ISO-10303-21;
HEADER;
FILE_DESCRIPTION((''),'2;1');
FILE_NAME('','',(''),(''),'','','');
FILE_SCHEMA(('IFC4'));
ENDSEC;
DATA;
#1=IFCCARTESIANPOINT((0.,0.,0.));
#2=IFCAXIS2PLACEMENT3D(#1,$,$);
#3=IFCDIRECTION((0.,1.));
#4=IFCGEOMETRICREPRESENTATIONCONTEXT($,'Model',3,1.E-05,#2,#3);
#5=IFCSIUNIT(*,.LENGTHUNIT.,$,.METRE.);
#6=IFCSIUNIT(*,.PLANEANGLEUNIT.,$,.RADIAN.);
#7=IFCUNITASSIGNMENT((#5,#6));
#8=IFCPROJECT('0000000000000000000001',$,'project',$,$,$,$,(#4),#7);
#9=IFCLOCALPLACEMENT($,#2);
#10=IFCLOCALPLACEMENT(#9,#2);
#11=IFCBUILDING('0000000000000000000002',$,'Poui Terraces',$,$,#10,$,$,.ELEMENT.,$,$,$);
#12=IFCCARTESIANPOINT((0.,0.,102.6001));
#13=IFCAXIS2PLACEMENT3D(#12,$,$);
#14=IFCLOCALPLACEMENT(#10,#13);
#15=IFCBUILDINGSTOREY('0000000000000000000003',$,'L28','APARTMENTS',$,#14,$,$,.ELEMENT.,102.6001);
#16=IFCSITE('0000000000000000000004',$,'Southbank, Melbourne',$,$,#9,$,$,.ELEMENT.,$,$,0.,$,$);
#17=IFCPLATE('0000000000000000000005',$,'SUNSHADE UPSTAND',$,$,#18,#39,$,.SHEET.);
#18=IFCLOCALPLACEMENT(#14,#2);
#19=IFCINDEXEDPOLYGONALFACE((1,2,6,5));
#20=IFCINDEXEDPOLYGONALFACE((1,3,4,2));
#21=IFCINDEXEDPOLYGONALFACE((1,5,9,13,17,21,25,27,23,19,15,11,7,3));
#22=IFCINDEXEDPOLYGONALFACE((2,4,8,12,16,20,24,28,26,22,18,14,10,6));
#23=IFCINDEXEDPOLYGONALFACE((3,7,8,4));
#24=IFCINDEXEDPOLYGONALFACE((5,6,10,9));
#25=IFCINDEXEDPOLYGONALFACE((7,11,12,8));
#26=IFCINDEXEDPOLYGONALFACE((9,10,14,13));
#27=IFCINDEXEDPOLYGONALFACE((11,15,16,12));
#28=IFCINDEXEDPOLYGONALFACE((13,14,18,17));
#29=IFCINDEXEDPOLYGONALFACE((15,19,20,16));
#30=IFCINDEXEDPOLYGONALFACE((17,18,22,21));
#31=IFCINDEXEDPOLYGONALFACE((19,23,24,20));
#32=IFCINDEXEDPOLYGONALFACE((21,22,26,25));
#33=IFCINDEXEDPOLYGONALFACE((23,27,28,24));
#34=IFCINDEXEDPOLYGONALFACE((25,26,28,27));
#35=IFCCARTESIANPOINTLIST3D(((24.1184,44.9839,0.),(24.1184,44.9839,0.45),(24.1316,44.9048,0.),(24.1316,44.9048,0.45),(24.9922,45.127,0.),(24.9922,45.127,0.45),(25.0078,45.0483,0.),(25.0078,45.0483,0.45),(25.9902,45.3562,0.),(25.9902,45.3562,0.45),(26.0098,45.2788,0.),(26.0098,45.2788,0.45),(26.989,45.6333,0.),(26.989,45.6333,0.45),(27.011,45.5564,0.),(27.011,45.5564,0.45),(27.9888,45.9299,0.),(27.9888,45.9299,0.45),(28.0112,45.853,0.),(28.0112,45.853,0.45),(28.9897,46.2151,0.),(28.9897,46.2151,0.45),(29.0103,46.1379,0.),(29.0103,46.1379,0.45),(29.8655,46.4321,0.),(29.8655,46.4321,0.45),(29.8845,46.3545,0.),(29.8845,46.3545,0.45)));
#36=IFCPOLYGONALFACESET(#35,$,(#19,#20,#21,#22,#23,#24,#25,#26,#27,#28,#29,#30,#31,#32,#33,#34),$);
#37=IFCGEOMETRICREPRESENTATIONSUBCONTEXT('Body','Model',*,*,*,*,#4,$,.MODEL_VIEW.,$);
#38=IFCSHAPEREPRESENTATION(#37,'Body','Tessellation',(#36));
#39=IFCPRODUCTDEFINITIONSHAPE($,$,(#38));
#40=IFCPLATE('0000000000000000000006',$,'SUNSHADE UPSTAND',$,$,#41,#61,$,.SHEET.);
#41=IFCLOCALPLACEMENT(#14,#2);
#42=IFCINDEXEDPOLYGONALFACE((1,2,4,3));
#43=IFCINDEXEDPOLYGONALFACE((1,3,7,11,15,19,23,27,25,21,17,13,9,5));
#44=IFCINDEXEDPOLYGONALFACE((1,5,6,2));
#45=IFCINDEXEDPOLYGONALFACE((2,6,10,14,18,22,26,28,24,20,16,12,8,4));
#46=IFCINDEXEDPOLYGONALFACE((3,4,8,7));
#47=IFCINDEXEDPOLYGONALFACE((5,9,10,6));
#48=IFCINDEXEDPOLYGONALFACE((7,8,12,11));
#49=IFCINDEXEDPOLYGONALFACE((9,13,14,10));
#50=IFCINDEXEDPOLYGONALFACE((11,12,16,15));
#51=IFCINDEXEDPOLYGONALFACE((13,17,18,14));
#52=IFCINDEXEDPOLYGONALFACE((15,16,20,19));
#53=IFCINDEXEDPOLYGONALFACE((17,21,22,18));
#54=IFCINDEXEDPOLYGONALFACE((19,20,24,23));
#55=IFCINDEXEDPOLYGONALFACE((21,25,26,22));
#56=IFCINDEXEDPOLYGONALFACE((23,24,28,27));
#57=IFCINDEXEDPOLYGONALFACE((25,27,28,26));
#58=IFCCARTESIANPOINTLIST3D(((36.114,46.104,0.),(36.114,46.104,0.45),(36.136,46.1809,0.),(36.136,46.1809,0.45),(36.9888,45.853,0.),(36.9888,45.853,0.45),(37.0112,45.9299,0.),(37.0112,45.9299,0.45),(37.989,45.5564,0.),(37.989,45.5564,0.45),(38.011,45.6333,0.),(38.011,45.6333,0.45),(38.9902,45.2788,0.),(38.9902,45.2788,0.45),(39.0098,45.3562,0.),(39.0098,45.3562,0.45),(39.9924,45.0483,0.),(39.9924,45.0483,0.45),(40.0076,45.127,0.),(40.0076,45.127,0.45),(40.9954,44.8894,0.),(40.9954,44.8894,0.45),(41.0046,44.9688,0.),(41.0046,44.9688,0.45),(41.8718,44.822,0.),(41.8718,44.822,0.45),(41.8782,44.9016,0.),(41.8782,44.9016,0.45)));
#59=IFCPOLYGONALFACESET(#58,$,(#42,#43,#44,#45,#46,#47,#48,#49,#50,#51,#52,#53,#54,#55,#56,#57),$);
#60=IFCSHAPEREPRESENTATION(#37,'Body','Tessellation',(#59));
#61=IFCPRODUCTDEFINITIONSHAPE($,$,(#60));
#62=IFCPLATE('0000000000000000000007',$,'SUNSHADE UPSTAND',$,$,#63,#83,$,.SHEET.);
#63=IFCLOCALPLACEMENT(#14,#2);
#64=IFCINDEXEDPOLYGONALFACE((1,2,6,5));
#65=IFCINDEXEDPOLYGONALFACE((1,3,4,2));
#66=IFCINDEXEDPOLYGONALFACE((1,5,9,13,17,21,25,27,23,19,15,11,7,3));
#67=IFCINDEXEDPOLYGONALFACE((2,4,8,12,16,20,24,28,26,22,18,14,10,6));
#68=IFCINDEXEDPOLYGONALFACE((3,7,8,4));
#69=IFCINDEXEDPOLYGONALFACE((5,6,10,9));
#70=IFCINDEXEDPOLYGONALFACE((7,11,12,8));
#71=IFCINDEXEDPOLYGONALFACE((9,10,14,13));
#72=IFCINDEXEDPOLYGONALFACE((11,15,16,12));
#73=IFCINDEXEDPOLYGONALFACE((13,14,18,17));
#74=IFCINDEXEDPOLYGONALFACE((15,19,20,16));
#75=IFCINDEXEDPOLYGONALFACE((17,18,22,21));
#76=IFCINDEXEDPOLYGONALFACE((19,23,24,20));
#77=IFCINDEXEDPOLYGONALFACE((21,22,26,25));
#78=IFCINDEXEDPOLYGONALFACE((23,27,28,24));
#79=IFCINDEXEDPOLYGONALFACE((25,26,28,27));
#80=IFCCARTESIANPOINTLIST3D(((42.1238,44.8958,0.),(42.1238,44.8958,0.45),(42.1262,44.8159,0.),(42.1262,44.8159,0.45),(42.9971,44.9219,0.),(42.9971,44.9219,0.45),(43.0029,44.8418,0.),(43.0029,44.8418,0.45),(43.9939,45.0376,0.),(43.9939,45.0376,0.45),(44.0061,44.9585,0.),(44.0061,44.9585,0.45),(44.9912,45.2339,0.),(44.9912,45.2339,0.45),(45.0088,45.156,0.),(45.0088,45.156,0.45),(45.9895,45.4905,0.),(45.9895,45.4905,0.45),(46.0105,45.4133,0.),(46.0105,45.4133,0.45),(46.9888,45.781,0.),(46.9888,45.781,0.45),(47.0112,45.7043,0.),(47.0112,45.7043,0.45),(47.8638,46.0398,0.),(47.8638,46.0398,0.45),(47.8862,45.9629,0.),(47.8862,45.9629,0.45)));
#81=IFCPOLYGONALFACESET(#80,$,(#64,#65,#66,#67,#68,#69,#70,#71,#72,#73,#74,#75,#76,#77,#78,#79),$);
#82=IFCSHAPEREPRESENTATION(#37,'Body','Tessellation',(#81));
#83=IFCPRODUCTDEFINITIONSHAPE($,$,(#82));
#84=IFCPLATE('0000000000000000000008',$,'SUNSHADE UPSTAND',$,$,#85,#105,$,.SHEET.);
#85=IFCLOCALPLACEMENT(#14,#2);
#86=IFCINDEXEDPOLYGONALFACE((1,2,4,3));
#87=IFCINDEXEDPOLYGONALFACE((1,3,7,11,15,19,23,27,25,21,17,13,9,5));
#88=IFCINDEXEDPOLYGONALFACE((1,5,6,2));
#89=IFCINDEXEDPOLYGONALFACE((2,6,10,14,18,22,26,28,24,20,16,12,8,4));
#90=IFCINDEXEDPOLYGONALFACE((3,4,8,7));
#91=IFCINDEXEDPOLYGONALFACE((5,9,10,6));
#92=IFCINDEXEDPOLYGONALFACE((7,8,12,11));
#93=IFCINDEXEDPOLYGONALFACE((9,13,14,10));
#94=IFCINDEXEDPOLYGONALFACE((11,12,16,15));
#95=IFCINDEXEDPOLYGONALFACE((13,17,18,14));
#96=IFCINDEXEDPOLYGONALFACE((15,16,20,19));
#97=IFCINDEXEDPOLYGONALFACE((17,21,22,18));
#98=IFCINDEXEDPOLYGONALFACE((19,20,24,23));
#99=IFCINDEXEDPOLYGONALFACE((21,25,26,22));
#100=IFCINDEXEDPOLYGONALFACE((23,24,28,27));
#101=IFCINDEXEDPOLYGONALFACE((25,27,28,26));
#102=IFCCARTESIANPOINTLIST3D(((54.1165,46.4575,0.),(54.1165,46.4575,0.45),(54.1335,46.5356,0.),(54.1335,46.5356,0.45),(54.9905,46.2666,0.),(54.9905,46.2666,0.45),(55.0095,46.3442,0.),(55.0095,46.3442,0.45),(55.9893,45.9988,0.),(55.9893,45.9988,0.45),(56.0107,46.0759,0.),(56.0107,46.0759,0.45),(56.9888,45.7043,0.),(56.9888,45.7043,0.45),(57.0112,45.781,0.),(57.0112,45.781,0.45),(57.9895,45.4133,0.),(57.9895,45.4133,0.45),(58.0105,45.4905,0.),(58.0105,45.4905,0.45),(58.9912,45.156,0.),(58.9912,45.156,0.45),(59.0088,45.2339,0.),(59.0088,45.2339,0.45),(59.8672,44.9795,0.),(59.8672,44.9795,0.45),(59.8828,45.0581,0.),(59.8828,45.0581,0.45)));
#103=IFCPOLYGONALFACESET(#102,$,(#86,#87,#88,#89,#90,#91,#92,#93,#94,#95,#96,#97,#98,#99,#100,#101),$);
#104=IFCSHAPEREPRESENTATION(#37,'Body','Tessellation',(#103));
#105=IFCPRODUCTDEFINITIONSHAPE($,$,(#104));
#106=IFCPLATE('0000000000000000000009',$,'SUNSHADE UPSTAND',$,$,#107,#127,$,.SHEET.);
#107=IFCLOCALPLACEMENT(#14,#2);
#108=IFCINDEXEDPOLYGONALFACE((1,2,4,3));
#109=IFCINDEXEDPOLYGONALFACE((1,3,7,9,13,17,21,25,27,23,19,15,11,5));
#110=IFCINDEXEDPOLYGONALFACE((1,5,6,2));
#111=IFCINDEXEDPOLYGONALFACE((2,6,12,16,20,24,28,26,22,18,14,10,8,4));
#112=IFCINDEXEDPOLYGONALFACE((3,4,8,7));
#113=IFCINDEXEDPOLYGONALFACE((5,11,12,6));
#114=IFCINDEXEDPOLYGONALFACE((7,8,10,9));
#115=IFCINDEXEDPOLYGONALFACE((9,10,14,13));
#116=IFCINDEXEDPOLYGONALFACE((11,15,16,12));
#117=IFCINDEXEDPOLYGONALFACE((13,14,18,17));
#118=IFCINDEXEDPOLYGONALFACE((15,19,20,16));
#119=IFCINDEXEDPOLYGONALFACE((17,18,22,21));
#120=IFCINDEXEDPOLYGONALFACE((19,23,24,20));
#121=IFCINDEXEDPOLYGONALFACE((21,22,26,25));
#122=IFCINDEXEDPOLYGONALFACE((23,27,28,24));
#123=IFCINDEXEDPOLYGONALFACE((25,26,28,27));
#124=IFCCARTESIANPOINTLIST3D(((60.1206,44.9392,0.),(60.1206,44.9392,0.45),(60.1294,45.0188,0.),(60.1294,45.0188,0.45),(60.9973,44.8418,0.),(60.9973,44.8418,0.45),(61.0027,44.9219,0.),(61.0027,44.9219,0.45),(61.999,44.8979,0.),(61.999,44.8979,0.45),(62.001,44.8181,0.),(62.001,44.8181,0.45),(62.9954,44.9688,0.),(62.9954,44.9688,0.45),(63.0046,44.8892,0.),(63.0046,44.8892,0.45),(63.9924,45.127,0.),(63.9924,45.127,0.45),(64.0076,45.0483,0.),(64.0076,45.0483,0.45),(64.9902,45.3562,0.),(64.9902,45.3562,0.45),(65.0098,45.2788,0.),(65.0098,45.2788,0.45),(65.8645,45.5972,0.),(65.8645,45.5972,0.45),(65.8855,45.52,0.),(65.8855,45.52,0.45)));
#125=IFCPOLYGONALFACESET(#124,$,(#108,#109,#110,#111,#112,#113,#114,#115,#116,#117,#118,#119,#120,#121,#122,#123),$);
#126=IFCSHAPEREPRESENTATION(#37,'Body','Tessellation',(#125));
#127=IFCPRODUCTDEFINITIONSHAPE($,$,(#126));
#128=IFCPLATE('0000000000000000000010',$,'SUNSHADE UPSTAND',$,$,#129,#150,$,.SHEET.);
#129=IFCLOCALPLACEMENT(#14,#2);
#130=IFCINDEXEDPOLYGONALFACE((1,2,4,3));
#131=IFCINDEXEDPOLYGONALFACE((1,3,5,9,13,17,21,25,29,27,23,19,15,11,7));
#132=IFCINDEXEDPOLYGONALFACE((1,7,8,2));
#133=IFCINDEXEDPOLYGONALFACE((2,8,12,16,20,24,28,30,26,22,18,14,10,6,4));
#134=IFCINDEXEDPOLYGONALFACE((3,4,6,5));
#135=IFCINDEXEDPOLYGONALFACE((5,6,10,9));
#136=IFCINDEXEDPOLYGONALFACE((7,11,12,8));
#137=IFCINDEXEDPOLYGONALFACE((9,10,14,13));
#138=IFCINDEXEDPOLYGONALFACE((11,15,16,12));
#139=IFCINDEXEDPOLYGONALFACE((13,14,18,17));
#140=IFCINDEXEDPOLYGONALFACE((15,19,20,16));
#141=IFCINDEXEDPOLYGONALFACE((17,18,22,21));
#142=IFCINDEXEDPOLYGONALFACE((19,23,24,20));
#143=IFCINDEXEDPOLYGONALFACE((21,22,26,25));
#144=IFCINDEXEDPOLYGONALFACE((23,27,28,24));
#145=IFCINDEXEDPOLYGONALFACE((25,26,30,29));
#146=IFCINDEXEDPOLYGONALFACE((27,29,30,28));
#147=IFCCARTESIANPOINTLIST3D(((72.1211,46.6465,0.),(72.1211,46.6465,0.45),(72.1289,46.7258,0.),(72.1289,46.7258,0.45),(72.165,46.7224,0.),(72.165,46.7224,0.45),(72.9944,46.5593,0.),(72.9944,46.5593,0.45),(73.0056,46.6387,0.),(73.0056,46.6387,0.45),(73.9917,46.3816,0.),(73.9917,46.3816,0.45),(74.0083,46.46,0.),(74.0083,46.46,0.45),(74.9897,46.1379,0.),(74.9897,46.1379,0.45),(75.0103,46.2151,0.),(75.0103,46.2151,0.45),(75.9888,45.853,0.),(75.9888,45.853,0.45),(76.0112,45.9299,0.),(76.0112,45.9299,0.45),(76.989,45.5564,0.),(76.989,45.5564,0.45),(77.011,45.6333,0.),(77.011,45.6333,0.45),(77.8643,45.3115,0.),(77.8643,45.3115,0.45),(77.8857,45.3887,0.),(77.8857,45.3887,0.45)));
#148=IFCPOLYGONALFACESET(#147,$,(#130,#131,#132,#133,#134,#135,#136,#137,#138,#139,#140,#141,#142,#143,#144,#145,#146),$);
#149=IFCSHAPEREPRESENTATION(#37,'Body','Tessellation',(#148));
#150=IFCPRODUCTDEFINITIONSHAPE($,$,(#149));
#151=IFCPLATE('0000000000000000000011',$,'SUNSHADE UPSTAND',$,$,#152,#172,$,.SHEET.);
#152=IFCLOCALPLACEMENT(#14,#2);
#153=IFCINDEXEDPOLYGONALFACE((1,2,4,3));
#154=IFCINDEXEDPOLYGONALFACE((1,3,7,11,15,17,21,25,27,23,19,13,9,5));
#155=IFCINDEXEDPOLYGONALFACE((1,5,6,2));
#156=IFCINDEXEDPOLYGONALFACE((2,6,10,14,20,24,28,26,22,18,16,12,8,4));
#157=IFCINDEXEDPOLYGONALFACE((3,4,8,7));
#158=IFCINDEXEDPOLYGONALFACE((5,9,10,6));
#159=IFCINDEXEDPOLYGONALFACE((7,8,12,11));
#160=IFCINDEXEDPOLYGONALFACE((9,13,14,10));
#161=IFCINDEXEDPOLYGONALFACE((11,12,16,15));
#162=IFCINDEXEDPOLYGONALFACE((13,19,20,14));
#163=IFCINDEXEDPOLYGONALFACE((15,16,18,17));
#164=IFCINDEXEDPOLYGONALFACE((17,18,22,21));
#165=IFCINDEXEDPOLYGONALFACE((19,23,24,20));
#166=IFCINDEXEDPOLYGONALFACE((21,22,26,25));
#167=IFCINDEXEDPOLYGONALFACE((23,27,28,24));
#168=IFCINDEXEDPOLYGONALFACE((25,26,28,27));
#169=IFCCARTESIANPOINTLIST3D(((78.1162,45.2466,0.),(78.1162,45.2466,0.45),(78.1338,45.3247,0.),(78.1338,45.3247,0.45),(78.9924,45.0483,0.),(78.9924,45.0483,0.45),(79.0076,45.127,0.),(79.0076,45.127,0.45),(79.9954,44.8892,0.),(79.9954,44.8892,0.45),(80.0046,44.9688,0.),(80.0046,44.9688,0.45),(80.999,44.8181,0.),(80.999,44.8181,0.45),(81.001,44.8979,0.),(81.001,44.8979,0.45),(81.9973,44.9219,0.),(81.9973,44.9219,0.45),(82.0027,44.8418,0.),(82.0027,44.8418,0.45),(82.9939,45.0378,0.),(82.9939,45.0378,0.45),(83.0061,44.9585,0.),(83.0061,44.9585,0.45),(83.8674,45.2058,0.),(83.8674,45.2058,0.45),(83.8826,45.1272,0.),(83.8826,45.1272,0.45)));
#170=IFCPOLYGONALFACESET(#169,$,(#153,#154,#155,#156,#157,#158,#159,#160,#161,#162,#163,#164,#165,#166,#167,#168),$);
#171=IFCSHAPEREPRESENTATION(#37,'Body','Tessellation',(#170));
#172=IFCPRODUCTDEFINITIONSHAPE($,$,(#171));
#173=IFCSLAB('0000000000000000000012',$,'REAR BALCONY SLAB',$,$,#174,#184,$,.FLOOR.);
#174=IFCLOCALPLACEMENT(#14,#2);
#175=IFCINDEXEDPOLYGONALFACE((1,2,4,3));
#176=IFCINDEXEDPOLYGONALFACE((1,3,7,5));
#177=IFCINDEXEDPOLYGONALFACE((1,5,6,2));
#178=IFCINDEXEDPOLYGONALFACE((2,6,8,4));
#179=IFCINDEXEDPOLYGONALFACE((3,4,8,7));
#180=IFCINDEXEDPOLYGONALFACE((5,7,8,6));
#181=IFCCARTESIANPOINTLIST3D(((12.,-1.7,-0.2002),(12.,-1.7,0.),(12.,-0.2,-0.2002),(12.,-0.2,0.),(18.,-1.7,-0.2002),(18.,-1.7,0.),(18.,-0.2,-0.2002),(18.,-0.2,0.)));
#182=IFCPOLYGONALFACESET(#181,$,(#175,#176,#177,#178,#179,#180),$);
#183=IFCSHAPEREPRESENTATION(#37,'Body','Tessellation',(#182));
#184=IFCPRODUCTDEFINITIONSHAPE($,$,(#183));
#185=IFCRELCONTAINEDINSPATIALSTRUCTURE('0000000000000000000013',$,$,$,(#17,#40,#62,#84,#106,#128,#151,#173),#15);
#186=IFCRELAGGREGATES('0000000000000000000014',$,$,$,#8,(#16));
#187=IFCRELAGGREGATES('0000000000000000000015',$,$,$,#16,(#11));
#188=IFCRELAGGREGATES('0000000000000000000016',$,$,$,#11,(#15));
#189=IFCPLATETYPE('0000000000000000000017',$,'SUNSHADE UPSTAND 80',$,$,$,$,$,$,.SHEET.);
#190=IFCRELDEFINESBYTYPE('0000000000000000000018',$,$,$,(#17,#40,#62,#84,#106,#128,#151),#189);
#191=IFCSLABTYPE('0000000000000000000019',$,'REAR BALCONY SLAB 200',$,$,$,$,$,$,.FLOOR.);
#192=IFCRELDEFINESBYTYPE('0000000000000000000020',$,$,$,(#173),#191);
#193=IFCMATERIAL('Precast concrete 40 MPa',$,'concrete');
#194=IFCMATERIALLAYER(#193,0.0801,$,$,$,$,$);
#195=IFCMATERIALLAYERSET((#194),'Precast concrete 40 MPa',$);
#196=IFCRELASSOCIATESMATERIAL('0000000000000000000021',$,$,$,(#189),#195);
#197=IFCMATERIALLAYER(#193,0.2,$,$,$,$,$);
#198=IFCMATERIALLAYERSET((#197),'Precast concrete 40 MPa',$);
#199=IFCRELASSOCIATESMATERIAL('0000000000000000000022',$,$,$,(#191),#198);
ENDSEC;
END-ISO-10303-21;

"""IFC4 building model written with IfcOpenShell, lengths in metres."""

from ifc_helpers import new_model, si_unit, direction, frame, origin, place, context, subcontext, project, spatial, polyline, outline, extrude, source, transform, mapped, material, layer, layer_set, type_object, element, save


model = new_model("IFC4")

# Units and contexts
model_context = context("Model", 3, precision=1e-05, world=origin(), true_north=direction((0.0, 1.0)))
body_context = subcontext(model_context, "Body", "Model", "MODEL_VIEW")
ifc_project = project(units=[si_unit("LENGTHUNIT", "METRE"), si_unit("PLANEANGLEUNIT", "RADIAN")], contexts=[model_context])

# Site, building, storey
site_placement = place(None, origin())
site = spatial("IfcSite", under=ifc_project, at=site_placement, Name="Southbank, Melbourne", CompositionType="ELEMENT", RefElevation=0.0)
building_placement = place(site_placement, origin())
building = spatial("IfcBuilding", under=site, at=building_placement, Name="Poui Terraces", CompositionType="ELEMENT")
storey_placement = place(building_placement, frame((0.0, 0.0, 102.6001)))
storey = spatial("IfcBuildingStorey", under=building, at=storey_placement, Name="L28", Description="APARTMENTS", CompositionType="ELEMENT", Elevation=102.6001)

# Shared definitions
ifc_material_1 = material(Name="Precast concrete 40 MPa", Category="concrete")

# Plates
ifc_layer_1 = layer(ifc_material_1, 0.0801)
ifc_layer_set_1 = layer_set([ifc_layer_1], Name="Precast concrete 40 MPa")
plate_type = type_object("IfcPlateType", Name="SUNSHADE UPSTAND 80", PredefinedType="SHEET", material=ifc_layer_set_1)
plate_1_placement = place(storey_placement, origin())
element("IfcPlate", 1, at=plate_1_placement, inside=storey, type_object=plate_type, Name="SUNSHADE UPSTAND", PredefinedType="SHEET", context=body_context, shape_type="SweptSolid", body=[
    extrude(outline(polyline([(24.9922, 45.127), (24.1184, 44.9839), (24.1316, 44.9048), (25.0078, 45.0483), (26.0098, 45.2788), (27.011, 45.5564), (28.0112, 45.853), (29.0103, 46.1379), (29.8845, 46.3545), (29.8655, 46.4321), (28.9897, 46.2151), (27.9888, 45.9299), (26.989, 45.6333), (25.9902, 45.3562), (24.9922, 45.127)])), origin(), (0.0, 0.0, 1.0), 0.45),
])
plate_2_placement = place(storey_placement, origin())
element("IfcPlate", 2, at=plate_2_placement, inside=storey, type_object=plate_type, Name="SUNSHADE UPSTAND", PredefinedType="SHEET", context=body_context, shape_type="SweptSolid", body=[
    extrude(outline(polyline([(37.0112, 45.9299), (36.136, 46.1809), (36.114, 46.104), (36.9888, 45.853), (37.989, 45.5564), (38.9902, 45.2788), (39.9924, 45.0483), (40.9954, 44.8894), (41.8718, 44.822), (41.8782, 44.9016), (41.0046, 44.9688), (40.0076, 45.127), (39.0098, 45.3562), (38.011, 45.6333), (37.0112, 45.9299)])), origin(), (0.0, 0.0, 1.0), 0.45),
])
plate_3_placement = place(storey_placement, origin())
element("IfcPlate", 3, at=plate_3_placement, inside=storey, type_object=plate_type, Name="SUNSHADE UPSTAND", PredefinedType="SHEET", context=body_context, shape_type="SweptSolid", body=[
    extrude(outline(polyline([(42.9971, 44.9219), (42.1238, 44.8958), (42.1262, 44.8159), (43.0029, 44.8418), (44.0061, 44.9585), (45.0088, 45.156), (46.0105, 45.4133), (47.0112, 45.7043), (47.8862, 45.9629), (47.8638, 46.0398), (46.9888, 45.781), (45.9895, 45.4905), (44.9912, 45.2339), (43.9939, 45.0376), (42.9971, 44.9219)])), origin(), (0.0, 0.0, 1.0), 0.45),
])
plate_4_placement = place(storey_placement, origin())
element("IfcPlate", 4, at=plate_4_placement, inside=storey, type_object=plate_type, Name="SUNSHADE UPSTAND", PredefinedType="SHEET", context=body_context, shape_type="SweptSolid", body=[
    extrude(outline(polyline([(55.0095, 46.3442), (54.1335, 46.5356), (54.1165, 46.4575), (54.9905, 46.2666), (55.9893, 45.9988), (56.9888, 45.7043), (57.9895, 45.4133), (58.9912, 45.156), (59.8672, 44.9795), (59.8828, 45.0581), (59.0088, 45.2339), (58.0105, 45.4905), (57.0112, 45.781), (56.0107, 46.0759), (55.0095, 46.3442)])), origin(), (0.0, 0.0, 1.0), 0.45),
])
plate_5_placement = place(storey_placement, origin())
element("IfcPlate", 5, at=plate_5_placement, inside=storey, type_object=plate_type, Name="SUNSHADE UPSTAND", PredefinedType="SHEET", context=body_context, shape_type="SweptSolid", body=[
    extrude(outline(polyline([(61.0027, 44.9219), (60.1294, 45.0188), (60.1206, 44.9392), (60.9973, 44.8418), (62.001, 44.8181), (63.0046, 44.8892), (64.0076, 45.0483), (65.0098, 45.2788), (65.8855, 45.52), (65.8645, 45.5972), (64.9902, 45.3562), (63.9924, 45.127), (62.9954, 44.9688), (61.999, 44.8979), (61.0027, 44.9219)])), origin(), (0.0, 0.0, 1.0), 0.45),
])
plate_6_placement = place(storey_placement, origin())
element("IfcPlate", 6, at=plate_6_placement, inside=storey, type_object=plate_type, Name="SUNSHADE UPSTAND", PredefinedType="SHEET", context=body_context, shape_type="SweptSolid", body=[
    extrude(outline(polyline([(73.0056, 46.6387), (72.165, 46.7224), (72.1289, 46.7258), (72.1211, 46.6465), (72.9944, 46.5593), (73.9917, 46.3816), (74.9897, 46.1379), (75.9888, 45.853), (76.989, 45.5564), (77.8643, 45.3115), (77.8857, 45.3887), (77.011, 45.6333), (76.0112, 45.9299), (75.0103, 46.2151), (74.0083, 46.46), (73.0056, 46.6387)])), origin(), (0.0, 0.0, 1.0), 0.45),
])
plate_7_placement = place(storey_placement, origin())
element("IfcPlate", 7, at=plate_7_placement, inside=storey, type_object=plate_type, Name="SUNSHADE UPSTAND", PredefinedType="SHEET", context=body_context, shape_type="SweptSolid", body=[
    extrude(outline(polyline([(79.0076, 45.127), (78.1338, 45.3247), (78.1162, 45.2466), (78.9924, 45.0483), (79.9954, 44.8892), (80.999, 44.8181), (82.0027, 44.8418), (83.0061, 44.9585), (83.8826, 45.1272), (83.8674, 45.2058), (82.9939, 45.0378), (81.9973, 44.9219), (81.001, 44.8979), (80.0046, 44.9688), (79.0076, 45.127)])), origin(), (0.0, 0.0, 1.0), 0.45),
])

# Slab
ifc_layer_2 = layer(ifc_material_1, 0.2)
ifc_layer_set_2 = layer_set([ifc_layer_2], Name="Precast concrete 40 MPa")
slab_type_1 = type_object("IfcSlabType", Name="REAR BALCONY SLAB 200", PredefinedType="FLOOR", material=ifc_layer_set_2)
shared_shape_1 = source(origin(), body_context, "Body", "SweptSolid", [
    extrude(outline(polyline([(0.0, 0.0), (6.0, 0.0), (6.0, 1.5), (0.0, 1.5), (0.0, 0.0)])), origin(), (0.0, 0.0, 1.0), 0.2002),
])
slab_1_placement = place(storey_placement, frame((12.0, -1.7, -0.2002)))
element("IfcSlab", 8, at=slab_1_placement, inside=storey, type_object=slab_type_1, Name="REAR BALCONY SLAB", PredefinedType="FLOOR", context=body_context, shape_type="MappedRepresentation", body=[
    mapped(shared_shape_1, transform((0.0, 0.0, 0.0))),
])

save(model, "model.ifc")
